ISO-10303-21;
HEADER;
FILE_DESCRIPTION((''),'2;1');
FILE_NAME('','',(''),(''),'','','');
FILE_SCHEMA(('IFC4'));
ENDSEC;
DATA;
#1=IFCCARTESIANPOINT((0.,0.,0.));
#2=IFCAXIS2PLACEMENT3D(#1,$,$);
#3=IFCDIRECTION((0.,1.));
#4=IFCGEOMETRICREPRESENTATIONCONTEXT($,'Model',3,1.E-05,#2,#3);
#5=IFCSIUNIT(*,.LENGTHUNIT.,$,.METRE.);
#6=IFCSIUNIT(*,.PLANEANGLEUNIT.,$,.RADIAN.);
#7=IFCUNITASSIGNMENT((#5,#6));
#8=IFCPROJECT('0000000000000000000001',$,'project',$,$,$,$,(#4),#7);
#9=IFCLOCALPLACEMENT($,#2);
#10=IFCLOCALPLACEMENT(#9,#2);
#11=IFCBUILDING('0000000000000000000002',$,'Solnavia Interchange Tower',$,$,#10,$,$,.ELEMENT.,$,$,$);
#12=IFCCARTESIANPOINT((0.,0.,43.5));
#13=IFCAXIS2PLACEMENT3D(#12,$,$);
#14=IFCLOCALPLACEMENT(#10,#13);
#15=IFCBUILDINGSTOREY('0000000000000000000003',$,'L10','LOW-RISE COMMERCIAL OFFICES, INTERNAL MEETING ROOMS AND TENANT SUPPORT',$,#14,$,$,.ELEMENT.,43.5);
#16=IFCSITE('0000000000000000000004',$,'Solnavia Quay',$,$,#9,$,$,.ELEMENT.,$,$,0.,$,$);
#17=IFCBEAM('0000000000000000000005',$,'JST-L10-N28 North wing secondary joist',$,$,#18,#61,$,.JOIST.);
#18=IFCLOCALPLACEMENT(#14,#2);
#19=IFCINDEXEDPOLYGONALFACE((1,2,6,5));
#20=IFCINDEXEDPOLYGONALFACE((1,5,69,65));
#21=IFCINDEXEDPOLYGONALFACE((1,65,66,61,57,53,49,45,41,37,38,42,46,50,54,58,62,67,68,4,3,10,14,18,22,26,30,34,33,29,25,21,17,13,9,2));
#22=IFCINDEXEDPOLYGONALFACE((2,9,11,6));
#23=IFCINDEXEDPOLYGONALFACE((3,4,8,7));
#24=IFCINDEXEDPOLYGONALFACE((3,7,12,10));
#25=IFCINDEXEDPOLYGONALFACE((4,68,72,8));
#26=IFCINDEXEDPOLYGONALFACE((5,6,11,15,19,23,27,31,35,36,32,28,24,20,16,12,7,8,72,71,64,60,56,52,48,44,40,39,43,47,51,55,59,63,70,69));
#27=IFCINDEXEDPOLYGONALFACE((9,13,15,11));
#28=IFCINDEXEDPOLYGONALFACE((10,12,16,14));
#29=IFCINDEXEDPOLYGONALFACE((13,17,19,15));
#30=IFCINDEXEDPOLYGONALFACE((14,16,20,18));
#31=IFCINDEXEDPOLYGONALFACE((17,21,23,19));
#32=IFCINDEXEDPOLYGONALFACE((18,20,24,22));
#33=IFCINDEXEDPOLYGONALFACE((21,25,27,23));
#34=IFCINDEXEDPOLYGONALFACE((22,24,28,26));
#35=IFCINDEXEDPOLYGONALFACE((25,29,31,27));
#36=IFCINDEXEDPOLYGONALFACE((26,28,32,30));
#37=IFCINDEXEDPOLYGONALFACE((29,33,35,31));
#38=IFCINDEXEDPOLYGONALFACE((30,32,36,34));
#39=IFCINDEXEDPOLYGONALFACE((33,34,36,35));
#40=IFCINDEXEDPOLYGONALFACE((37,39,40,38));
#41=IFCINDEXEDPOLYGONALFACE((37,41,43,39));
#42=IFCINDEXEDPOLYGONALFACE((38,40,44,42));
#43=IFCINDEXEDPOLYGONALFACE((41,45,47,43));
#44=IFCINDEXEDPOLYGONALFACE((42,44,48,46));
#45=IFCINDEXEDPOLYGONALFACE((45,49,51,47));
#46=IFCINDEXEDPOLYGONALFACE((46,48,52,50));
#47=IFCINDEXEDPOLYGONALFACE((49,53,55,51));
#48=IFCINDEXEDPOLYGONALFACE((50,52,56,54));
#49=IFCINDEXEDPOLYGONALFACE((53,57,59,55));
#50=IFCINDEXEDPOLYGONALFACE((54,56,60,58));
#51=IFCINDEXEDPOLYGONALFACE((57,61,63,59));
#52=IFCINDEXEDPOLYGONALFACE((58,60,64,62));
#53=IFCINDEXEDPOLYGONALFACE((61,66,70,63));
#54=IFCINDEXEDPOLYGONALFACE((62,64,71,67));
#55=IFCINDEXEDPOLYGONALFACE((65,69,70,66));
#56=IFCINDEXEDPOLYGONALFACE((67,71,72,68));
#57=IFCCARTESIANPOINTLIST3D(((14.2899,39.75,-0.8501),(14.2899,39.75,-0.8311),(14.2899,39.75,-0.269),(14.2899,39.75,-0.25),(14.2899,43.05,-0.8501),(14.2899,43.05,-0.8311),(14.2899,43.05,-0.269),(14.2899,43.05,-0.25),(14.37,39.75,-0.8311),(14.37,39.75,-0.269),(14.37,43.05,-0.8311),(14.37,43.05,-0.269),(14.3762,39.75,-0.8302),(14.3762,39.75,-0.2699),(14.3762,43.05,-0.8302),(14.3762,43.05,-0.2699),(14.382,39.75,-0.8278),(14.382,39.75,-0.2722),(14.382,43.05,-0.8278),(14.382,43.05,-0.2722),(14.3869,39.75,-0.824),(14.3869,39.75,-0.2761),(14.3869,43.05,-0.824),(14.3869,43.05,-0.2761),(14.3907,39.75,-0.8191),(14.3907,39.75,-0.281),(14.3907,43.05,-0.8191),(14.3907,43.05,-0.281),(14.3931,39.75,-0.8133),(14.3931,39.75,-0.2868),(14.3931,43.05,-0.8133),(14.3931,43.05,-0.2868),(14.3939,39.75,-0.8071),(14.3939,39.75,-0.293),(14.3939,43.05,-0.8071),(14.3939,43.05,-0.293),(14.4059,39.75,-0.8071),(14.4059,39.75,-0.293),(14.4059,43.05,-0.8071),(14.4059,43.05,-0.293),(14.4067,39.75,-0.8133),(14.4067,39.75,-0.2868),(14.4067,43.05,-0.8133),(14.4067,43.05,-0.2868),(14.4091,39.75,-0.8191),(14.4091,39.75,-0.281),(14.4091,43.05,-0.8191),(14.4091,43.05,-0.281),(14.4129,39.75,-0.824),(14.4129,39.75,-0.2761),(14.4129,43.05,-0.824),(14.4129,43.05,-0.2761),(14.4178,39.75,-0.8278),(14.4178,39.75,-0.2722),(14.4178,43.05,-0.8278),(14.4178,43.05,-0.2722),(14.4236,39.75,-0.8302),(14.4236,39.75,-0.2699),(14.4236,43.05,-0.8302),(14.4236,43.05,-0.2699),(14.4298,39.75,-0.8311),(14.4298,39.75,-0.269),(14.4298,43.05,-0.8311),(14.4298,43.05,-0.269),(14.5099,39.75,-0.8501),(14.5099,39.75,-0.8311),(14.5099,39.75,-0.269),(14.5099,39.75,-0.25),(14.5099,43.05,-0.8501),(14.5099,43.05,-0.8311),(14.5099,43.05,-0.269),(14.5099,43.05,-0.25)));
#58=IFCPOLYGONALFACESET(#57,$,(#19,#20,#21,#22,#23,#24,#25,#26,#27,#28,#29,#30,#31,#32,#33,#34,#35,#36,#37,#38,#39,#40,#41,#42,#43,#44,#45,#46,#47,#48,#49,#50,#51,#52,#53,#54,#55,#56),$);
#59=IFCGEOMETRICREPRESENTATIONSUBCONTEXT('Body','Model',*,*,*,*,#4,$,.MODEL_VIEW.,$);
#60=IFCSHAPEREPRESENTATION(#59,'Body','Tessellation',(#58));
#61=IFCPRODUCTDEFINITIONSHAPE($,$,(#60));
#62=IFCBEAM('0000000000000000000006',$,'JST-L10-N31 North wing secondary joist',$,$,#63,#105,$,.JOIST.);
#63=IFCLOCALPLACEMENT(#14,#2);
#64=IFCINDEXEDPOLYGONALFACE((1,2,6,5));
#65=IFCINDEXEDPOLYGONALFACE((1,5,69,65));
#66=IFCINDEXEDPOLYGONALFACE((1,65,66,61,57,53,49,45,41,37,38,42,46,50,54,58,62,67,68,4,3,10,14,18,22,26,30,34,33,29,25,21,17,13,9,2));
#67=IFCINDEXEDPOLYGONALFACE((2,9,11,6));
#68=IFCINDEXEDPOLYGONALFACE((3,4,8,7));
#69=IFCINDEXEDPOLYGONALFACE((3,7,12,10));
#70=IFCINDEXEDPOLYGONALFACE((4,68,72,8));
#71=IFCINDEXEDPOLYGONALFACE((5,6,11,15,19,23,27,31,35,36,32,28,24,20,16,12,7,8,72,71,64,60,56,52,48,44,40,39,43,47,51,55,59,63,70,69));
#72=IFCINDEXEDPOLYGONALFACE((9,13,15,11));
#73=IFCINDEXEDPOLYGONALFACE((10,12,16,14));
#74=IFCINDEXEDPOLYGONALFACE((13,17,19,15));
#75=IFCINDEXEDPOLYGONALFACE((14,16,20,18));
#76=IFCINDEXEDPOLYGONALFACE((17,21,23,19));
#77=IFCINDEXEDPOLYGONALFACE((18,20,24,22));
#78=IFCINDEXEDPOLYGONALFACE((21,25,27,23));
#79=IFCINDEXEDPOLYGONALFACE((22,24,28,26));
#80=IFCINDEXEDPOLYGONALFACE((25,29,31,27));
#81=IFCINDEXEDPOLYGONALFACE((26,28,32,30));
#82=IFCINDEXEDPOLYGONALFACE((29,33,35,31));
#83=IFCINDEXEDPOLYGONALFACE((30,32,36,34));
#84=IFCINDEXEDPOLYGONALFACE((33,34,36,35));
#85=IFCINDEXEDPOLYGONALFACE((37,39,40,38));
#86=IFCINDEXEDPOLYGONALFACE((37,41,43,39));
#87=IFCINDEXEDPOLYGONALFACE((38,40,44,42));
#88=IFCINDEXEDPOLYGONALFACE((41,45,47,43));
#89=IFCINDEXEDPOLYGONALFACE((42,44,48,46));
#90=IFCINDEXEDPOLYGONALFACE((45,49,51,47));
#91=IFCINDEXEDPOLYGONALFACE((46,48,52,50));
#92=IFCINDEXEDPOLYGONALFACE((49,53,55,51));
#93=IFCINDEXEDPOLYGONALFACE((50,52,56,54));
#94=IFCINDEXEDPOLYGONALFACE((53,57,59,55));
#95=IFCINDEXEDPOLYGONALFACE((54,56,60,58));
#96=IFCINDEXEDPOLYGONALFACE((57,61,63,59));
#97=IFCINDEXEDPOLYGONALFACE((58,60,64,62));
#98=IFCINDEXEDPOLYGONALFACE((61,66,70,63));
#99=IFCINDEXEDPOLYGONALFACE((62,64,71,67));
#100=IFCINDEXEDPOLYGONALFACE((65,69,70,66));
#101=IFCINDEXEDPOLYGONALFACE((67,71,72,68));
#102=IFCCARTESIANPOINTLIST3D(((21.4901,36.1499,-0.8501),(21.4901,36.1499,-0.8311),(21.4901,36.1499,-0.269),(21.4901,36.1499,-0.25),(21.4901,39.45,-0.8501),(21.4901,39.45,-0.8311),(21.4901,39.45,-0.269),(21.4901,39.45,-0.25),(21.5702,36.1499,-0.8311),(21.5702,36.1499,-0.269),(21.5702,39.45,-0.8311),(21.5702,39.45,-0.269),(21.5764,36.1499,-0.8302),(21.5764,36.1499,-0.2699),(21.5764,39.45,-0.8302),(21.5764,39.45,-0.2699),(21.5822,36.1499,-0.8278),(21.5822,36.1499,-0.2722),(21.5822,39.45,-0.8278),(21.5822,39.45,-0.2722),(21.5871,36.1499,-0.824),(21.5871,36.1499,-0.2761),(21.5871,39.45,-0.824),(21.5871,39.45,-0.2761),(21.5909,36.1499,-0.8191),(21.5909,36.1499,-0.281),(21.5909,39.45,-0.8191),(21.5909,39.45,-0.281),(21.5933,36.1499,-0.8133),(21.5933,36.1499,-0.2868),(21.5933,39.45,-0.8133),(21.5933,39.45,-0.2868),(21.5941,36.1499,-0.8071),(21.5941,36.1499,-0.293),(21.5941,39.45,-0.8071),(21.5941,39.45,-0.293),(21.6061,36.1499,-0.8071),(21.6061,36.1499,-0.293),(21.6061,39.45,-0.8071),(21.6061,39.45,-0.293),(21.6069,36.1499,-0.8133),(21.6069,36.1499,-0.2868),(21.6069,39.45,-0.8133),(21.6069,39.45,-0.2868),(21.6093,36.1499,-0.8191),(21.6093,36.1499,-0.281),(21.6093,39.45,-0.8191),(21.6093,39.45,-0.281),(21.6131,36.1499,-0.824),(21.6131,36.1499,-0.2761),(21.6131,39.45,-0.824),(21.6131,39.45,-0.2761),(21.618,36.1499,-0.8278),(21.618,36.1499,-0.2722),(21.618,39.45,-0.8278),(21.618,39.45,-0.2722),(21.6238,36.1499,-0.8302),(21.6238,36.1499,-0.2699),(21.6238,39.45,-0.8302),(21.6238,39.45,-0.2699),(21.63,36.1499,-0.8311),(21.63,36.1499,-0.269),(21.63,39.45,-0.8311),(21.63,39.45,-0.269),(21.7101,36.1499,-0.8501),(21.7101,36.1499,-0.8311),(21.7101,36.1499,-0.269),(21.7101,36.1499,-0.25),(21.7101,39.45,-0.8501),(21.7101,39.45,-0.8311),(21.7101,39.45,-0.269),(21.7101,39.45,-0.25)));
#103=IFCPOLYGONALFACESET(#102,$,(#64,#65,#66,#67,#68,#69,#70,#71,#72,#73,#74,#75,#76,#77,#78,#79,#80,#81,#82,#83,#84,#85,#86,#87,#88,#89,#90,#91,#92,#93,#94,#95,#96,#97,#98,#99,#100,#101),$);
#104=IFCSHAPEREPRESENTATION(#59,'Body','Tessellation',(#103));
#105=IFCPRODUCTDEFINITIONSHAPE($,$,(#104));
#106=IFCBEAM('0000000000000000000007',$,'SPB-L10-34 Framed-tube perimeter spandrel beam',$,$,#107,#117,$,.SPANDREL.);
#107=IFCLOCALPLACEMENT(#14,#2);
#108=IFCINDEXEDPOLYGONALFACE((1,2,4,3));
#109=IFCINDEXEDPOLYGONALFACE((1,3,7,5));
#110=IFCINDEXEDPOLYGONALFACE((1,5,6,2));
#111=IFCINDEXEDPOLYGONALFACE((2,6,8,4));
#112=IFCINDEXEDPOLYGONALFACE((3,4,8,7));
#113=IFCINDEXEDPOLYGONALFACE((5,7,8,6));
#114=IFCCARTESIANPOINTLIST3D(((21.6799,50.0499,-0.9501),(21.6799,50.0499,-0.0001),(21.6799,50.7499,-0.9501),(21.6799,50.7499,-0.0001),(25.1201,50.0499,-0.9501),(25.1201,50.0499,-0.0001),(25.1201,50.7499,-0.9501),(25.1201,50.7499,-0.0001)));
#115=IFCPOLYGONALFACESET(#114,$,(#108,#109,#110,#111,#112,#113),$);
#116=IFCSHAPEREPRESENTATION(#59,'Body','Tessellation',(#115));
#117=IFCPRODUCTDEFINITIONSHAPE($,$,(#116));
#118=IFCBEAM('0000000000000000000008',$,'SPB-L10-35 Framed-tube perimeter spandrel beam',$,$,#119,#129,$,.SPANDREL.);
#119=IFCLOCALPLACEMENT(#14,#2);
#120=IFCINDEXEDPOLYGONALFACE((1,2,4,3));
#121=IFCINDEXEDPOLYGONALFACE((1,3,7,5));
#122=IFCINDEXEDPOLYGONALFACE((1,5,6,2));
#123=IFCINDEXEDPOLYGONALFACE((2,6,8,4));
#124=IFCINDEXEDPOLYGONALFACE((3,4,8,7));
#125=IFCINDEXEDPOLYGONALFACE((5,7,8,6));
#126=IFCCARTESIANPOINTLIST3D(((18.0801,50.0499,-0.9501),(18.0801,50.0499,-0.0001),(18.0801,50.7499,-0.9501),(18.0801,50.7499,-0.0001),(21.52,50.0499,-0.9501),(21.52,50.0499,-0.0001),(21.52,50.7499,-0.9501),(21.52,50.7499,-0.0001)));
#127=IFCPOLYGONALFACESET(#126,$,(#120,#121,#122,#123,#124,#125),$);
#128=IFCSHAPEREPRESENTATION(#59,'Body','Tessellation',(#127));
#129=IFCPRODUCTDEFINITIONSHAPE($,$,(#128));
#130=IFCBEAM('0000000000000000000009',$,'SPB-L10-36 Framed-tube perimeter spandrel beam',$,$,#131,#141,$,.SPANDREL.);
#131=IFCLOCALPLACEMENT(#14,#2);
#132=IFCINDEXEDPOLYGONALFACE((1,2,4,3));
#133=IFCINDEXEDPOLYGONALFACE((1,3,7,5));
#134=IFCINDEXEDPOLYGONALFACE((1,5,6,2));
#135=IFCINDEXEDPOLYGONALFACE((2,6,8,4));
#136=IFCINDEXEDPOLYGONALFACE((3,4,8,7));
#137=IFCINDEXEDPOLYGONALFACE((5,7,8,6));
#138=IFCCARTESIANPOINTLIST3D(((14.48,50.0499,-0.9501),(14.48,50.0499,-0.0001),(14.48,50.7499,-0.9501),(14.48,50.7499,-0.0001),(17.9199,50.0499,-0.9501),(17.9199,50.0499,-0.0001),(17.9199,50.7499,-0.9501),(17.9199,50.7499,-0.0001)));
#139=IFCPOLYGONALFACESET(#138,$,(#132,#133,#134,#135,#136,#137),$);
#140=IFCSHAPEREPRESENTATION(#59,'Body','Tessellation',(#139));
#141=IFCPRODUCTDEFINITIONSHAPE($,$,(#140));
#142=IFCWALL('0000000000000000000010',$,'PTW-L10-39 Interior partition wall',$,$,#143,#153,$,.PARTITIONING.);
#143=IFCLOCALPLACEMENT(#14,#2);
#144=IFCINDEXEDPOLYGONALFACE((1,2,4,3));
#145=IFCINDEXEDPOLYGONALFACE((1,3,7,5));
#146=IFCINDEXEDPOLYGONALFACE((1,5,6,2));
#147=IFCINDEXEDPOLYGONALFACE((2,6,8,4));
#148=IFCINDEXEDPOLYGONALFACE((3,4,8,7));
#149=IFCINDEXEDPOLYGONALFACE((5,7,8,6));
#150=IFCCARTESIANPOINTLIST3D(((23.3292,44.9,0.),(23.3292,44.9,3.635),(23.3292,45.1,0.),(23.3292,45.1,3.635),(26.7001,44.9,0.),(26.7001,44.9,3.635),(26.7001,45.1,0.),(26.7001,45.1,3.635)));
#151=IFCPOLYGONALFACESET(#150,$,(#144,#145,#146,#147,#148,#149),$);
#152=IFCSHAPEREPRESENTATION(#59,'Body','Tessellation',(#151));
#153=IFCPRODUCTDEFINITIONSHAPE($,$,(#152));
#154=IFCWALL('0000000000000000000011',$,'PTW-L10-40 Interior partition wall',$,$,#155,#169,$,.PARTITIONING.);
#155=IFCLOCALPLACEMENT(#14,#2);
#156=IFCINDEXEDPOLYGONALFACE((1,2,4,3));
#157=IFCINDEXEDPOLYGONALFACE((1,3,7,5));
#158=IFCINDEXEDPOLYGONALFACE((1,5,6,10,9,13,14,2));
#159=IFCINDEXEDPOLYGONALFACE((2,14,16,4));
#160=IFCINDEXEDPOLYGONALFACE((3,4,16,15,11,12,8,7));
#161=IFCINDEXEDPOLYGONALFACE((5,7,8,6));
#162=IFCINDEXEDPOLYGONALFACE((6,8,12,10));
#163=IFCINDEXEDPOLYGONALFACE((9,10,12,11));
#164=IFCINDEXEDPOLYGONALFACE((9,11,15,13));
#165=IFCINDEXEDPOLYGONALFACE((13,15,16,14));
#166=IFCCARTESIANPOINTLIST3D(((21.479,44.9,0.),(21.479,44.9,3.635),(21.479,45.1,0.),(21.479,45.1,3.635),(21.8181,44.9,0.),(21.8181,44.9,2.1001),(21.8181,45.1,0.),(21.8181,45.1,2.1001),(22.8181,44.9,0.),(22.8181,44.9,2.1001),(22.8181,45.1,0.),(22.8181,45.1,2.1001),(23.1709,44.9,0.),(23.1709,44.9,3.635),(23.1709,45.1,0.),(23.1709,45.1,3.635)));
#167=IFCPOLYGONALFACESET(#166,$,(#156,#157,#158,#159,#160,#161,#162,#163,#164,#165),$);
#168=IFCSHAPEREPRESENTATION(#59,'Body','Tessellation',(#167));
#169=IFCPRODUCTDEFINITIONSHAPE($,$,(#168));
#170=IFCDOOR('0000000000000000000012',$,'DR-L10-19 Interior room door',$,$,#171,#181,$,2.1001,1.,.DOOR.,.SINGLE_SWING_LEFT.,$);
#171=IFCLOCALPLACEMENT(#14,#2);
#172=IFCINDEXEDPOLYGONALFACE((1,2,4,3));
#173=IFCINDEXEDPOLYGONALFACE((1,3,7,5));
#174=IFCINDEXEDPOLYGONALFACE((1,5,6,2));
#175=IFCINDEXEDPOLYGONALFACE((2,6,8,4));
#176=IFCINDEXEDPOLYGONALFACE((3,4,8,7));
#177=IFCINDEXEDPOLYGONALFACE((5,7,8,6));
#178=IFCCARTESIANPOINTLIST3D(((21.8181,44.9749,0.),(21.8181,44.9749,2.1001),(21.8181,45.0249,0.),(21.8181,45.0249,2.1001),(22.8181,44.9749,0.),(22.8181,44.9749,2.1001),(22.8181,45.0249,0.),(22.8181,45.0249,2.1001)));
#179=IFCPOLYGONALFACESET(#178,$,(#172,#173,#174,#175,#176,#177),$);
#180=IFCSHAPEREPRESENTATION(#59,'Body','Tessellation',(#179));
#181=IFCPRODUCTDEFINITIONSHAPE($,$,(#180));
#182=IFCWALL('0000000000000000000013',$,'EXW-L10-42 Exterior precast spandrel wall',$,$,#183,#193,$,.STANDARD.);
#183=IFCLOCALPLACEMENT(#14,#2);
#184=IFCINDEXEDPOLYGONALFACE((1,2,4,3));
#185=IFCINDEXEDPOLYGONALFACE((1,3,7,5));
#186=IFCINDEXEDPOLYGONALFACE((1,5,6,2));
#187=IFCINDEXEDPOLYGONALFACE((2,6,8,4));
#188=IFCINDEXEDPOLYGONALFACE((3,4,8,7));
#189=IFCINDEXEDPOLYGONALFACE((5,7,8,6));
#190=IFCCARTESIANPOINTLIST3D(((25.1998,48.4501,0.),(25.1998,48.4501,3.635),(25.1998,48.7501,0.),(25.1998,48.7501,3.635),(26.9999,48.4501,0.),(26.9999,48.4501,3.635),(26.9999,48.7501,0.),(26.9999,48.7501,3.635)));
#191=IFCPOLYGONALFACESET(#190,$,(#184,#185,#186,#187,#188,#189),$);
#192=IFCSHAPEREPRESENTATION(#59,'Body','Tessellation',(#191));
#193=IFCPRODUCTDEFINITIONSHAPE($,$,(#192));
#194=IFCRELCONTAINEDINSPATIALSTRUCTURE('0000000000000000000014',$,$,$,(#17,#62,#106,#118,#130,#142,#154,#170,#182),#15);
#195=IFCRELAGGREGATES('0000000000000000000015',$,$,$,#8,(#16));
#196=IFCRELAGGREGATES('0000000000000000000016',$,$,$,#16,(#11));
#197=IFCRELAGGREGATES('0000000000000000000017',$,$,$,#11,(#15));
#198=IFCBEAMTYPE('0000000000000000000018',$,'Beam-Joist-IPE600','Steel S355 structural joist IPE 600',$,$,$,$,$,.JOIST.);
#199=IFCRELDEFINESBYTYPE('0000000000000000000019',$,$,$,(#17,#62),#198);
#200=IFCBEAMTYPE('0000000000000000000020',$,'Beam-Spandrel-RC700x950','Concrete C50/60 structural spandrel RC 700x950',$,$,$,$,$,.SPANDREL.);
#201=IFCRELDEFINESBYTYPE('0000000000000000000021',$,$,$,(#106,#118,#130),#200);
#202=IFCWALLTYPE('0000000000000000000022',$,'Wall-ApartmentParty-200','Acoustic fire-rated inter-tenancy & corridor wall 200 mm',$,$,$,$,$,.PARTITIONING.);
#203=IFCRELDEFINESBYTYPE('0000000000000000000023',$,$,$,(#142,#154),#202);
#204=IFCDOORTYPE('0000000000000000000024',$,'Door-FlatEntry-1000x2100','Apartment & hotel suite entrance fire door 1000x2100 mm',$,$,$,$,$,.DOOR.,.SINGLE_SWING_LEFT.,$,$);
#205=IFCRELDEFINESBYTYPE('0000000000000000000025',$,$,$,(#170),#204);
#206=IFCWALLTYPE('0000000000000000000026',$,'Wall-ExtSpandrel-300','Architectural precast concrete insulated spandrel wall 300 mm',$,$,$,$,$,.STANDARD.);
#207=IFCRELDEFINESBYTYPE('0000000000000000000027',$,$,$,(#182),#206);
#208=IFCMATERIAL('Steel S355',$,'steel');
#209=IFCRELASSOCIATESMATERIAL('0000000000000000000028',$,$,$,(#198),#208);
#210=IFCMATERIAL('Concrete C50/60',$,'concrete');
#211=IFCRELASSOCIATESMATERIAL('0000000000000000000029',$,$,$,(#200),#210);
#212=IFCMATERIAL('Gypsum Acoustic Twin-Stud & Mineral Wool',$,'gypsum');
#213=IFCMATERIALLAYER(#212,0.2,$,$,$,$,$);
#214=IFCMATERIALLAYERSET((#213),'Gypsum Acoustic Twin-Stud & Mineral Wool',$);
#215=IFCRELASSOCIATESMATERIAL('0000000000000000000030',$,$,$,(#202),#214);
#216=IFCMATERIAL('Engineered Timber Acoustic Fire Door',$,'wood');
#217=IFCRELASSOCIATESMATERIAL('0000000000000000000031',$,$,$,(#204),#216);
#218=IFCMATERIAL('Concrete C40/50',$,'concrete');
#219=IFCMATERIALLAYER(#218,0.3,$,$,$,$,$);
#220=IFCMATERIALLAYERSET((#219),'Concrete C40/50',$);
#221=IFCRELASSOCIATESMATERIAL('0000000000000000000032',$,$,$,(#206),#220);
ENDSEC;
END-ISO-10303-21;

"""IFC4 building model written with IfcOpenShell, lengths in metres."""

from ifc_helpers import new_model, si_unit, direction, frame, frame_2d, origin, origin_2d, place, context, subcontext, project, spatial, rectangle, i_section, extrude, material, layer, layer_set, material_profile, profile_set, type_object, element, fill, save


model = new_model("IFC4")

# Units and contexts
model_context = context("Model", 3, precision=1e-05, world=origin(), true_north=direction((0.0, 1.0)))
body_context = subcontext(model_context, "Body", "Model", "MODEL_VIEW")
ifc_project = project(units=[si_unit("LENGTHUNIT", "METRE"), si_unit("PLANEANGLEUNIT", "RADIAN")], contexts=[model_context])

# Site, building, storey
site_placement = place(None, origin())
site = spatial("IfcSite", under=ifc_project, at=site_placement, Name="Solnavia Quay", CompositionType="ELEMENT", RefElevation=0.0)
building_placement = place(site_placement, origin())
building = spatial("IfcBuilding", under=site, at=building_placement, Name="Solnavia Interchange Tower", CompositionType="ELEMENT")
storey_placement = place(building_placement, frame((0.0, 0.0, 43.5)))
storey = spatial("IfcBuildingStorey", under=building, at=storey_placement, Name="L10", Description="LOW-RISE COMMERCIAL OFFICES, INTERNAL MEETING ROOMS AND TENANT SUPPORT", CompositionType="ELEMENT", Elevation=43.5)

# Shared definitions
ifc_material_1 = material(Name="Steel S355", Category="steel")

# Beams
ifc_material_profile_1 = material_profile(ifc_material_1, i_section(OverallWidth=0.22, OverallDepth=0.6001, WebThickness=0.012, FlangeThickness=0.019, FilletRadius=0.0239, at=origin_2d()), Name="IPE 600")
ifc_profile_set_1 = profile_set([ifc_material_profile_1], Name="Steel S355")
beam_type_1 = type_object("IfcBeamType", Name="Beam-Joist-IPE600", Description="Steel S355 structural joist IPE 600", PredefinedType="JOIST", material=ifc_profile_set_1)
for number, where, z_axis, x_axis, name in (
    (1, (14.3999, 39.75, -0.55), (0.0, 1.0, 0.0), (-1.0, 0.0, 0.0), "JST-L10-N28 North wing secondary joist"),
    (2, (21.6001, 36.1499, -0.55), (0.0, 1.0, 0.0), (-1.0, 0.0, 0.0), "JST-L10-N31 North wing secondary joist"),
):
    element("IfcBeam", number, at=place(storey_placement, frame(where, z_axis=z_axis, x_axis=x_axis)), inside=storey, type_object=beam_type_1, Name=name, PredefinedType="JOIST", context=body_context, shape_type="SweptSolid", body=[
        extrude(i_section(OverallWidth=0.22, OverallDepth=0.6001, WebThickness=0.012, FlangeThickness=0.019, FilletRadius=0.0239, at=origin_2d()), origin(), (0.0, 0.0, 1.0), 3.3),
    ])
ifc_material_2 = material(Name="Concrete C50/60", Category="concrete")
ifc_material_profile_2 = material_profile(ifc_material_2, rectangle(XDim=0.7, YDim=0.95, at=origin_2d()), Name="RC 700x950")
ifc_profile_set_2 = profile_set([ifc_material_profile_2], Name="Concrete C50/60")
beam_type_2 = type_object("IfcBeamType", Name="Beam-Spandrel-RC700x950", Description="Concrete C50/60 structural spandrel RC 700x950", PredefinedType="SPANDREL", material=ifc_profile_set_2)
beam_1_placement = place(storey_placement, frame((25.1201, 50.3999, -0.4751), z_axis=(-1.0, 0.0, 0.0), x_axis=(0.0, -1.0, 0.0)))
element("IfcBeam", 3, at=beam_1_placement, inside=storey, type_object=beam_type_2, Name="SPB-L10-34 Framed-tube perimeter spandrel beam", PredefinedType="SPANDREL", context=body_context, shape_type="SweptSolid", body=[
    extrude(rectangle(XDim=0.7, YDim=0.95, at=origin_2d()), origin(), (0.0, 0.0, 1.0), 3.4402),
])
for number, where, z_axis, x_axis, name in (
    (4, (21.52, 50.3999, -0.4751), (-1.0, 0.0, 0.0), (0.0, -1.0, 0.0), "SPB-L10-35 Framed-tube perimeter spandrel beam"),
    (5, (17.9199, 50.3999, -0.4751), (-1.0, 0.0, 0.0), (0.0, -1.0, 0.0), "SPB-L10-36 Framed-tube perimeter spandrel beam"),
):
    element("IfcBeam", number, at=place(storey_placement, frame(where, z_axis=z_axis, x_axis=x_axis)), inside=storey, type_object=beam_type_2, Name=name, PredefinedType="SPANDREL", context=body_context, shape_type="SweptSolid", body=[
        extrude(rectangle(XDim=0.7, YDim=0.95, at=origin_2d()), origin(), (0.0, 0.0, 1.0), 3.4399),
    ])

# Wall
ifc_material_3 = material(Name="Gypsum Acoustic Twin-Stud & Mineral Wool", Category="gypsum")
ifc_layer_1 = layer(ifc_material_3, 0.2)
ifc_layer_set_1 = layer_set([ifc_layer_1], Name="Gypsum Acoustic Twin-Stud & Mineral Wool")
wall_type_1 = type_object("IfcWallType", Name="Wall-ApartmentParty-200", Description="Acoustic fire-rated inter-tenancy & corridor wall 200 mm", PredefinedType="PARTITIONING", material=ifc_layer_set_1)
wall_1_placement = place(storey_placement, frame((23.3291, 45.0, 0.0), z_axis=(0.0, 0.0, 1.0), x_axis=(1.0, 0.0, 0.0)))
element("IfcWall", 6, at=wall_1_placement, inside=storey, type_object=wall_type_1, Name="PTW-L10-39 Interior partition wall", PredefinedType="PARTITIONING", context=body_context, shape_type="SweptSolid", body=[
    extrude(rectangle(XDim=3.3708, YDim=0.2, at=frame_2d((1.6855, 0.0))), origin(), (0.0, 0.0, 1.0), 3.635),
])

# Wall, opening, door
wall_2_placement = place(storey_placement, frame((21.479, 45.0, 0.0), z_axis=(0.0, 0.0, 1.0), x_axis=(1.0, 0.0, 0.0)))
wall_2 = element("IfcWall", 7, at=wall_2_placement, inside=storey, type_object=wall_type_1, Name="PTW-L10-40 Interior partition wall", PredefinedType="PARTITIONING", context=body_context, shape_type="SweptSolid", body=[
    extrude(rectangle(XDim=1.6919, YDim=0.2, at=frame_2d((0.8459, 0.0))), origin(), (0.0, 0.0, 1.0), 3.635),
])
opening_placement = place(wall_2_placement, frame((0.3391, 0.0, 0.0)))
opening = element("IfcOpeningElement", 8, at=opening_placement, cuts=wall_2, PredefinedType="OPENING", context=body_context, shape_type="SweptSolid", body=[
    extrude(rectangle(XDim=1.0, YDim=2.1001, at=frame_2d((0.5, 1.05))), frame((0.0, 0.1099, 0.0), z_axis=(0.0, -1.0, 0.0), x_axis=(1.0, 0.0, 0.0)), (0.0, 0.0, 1.0), 0.22),
])
ifc_material_4 = material(Name="Engineered Timber Acoustic Fire Door", Category="wood")
door_type = type_object("IfcDoorType", Name="Door-FlatEntry-1000x2100", Description="Apartment & hotel suite entrance fire door 1000x2100 mm", OperationType="SINGLE_SWING_LEFT", PredefinedType="DOOR", material=ifc_material_4)
door_placement = place(opening_placement, origin())
door = element("IfcDoor", 9, at=door_placement, inside=storey, type_object=door_type, Name="DR-L10-19 Interior room door", OperationType="SINGLE_SWING_LEFT", OverallHeight=2.1001, OverallWidth=1.0, PredefinedType="DOOR", context=body_context, shape_type="SweptSolid", body=[
    extrude(rectangle(XDim=1.0, YDim=2.1001, at=frame_2d((0.5, 1.05))), frame((0.0, 0.0249, 0.0), z_axis=(0.0, -1.0, 0.0), x_axis=(1.0, 0.0, 0.0)), (0.0, 0.0, 1.0), 0.05),
])
fill(opening, door)

# Wall
ifc_material_5 = material(Name="Concrete C40/50", Category="concrete")
ifc_layer_2 = layer(ifc_material_5, 0.3)
ifc_layer_set_2 = layer_set([ifc_layer_2], Name="Concrete C40/50")
wall_type_2 = type_object("IfcWallType", Name="Wall-ExtSpandrel-300", Description="Architectural precast concrete insulated spandrel wall 300 mm", PredefinedType="STANDARD", material=ifc_layer_set_2)
wall_3_placement = place(storey_placement, frame((25.2, 48.6001, 0.0), z_axis=(0.0, 0.0, 1.0), x_axis=(1.0, 0.0, 0.0)))
element("IfcWall", 10, at=wall_3_placement, inside=storey, type_object=wall_type_2, Name="EXW-L10-42 Exterior precast spandrel wall", PredefinedType="STANDARD", context=body_context, shape_type="SweptSolid", body=[
    extrude(rectangle(XDim=1.8, YDim=0.3, at=frame_2d((0.8999, 0.0))), origin(), (0.0, 0.0, 1.0), 3.635),
])

save(model, "model.ifc")
